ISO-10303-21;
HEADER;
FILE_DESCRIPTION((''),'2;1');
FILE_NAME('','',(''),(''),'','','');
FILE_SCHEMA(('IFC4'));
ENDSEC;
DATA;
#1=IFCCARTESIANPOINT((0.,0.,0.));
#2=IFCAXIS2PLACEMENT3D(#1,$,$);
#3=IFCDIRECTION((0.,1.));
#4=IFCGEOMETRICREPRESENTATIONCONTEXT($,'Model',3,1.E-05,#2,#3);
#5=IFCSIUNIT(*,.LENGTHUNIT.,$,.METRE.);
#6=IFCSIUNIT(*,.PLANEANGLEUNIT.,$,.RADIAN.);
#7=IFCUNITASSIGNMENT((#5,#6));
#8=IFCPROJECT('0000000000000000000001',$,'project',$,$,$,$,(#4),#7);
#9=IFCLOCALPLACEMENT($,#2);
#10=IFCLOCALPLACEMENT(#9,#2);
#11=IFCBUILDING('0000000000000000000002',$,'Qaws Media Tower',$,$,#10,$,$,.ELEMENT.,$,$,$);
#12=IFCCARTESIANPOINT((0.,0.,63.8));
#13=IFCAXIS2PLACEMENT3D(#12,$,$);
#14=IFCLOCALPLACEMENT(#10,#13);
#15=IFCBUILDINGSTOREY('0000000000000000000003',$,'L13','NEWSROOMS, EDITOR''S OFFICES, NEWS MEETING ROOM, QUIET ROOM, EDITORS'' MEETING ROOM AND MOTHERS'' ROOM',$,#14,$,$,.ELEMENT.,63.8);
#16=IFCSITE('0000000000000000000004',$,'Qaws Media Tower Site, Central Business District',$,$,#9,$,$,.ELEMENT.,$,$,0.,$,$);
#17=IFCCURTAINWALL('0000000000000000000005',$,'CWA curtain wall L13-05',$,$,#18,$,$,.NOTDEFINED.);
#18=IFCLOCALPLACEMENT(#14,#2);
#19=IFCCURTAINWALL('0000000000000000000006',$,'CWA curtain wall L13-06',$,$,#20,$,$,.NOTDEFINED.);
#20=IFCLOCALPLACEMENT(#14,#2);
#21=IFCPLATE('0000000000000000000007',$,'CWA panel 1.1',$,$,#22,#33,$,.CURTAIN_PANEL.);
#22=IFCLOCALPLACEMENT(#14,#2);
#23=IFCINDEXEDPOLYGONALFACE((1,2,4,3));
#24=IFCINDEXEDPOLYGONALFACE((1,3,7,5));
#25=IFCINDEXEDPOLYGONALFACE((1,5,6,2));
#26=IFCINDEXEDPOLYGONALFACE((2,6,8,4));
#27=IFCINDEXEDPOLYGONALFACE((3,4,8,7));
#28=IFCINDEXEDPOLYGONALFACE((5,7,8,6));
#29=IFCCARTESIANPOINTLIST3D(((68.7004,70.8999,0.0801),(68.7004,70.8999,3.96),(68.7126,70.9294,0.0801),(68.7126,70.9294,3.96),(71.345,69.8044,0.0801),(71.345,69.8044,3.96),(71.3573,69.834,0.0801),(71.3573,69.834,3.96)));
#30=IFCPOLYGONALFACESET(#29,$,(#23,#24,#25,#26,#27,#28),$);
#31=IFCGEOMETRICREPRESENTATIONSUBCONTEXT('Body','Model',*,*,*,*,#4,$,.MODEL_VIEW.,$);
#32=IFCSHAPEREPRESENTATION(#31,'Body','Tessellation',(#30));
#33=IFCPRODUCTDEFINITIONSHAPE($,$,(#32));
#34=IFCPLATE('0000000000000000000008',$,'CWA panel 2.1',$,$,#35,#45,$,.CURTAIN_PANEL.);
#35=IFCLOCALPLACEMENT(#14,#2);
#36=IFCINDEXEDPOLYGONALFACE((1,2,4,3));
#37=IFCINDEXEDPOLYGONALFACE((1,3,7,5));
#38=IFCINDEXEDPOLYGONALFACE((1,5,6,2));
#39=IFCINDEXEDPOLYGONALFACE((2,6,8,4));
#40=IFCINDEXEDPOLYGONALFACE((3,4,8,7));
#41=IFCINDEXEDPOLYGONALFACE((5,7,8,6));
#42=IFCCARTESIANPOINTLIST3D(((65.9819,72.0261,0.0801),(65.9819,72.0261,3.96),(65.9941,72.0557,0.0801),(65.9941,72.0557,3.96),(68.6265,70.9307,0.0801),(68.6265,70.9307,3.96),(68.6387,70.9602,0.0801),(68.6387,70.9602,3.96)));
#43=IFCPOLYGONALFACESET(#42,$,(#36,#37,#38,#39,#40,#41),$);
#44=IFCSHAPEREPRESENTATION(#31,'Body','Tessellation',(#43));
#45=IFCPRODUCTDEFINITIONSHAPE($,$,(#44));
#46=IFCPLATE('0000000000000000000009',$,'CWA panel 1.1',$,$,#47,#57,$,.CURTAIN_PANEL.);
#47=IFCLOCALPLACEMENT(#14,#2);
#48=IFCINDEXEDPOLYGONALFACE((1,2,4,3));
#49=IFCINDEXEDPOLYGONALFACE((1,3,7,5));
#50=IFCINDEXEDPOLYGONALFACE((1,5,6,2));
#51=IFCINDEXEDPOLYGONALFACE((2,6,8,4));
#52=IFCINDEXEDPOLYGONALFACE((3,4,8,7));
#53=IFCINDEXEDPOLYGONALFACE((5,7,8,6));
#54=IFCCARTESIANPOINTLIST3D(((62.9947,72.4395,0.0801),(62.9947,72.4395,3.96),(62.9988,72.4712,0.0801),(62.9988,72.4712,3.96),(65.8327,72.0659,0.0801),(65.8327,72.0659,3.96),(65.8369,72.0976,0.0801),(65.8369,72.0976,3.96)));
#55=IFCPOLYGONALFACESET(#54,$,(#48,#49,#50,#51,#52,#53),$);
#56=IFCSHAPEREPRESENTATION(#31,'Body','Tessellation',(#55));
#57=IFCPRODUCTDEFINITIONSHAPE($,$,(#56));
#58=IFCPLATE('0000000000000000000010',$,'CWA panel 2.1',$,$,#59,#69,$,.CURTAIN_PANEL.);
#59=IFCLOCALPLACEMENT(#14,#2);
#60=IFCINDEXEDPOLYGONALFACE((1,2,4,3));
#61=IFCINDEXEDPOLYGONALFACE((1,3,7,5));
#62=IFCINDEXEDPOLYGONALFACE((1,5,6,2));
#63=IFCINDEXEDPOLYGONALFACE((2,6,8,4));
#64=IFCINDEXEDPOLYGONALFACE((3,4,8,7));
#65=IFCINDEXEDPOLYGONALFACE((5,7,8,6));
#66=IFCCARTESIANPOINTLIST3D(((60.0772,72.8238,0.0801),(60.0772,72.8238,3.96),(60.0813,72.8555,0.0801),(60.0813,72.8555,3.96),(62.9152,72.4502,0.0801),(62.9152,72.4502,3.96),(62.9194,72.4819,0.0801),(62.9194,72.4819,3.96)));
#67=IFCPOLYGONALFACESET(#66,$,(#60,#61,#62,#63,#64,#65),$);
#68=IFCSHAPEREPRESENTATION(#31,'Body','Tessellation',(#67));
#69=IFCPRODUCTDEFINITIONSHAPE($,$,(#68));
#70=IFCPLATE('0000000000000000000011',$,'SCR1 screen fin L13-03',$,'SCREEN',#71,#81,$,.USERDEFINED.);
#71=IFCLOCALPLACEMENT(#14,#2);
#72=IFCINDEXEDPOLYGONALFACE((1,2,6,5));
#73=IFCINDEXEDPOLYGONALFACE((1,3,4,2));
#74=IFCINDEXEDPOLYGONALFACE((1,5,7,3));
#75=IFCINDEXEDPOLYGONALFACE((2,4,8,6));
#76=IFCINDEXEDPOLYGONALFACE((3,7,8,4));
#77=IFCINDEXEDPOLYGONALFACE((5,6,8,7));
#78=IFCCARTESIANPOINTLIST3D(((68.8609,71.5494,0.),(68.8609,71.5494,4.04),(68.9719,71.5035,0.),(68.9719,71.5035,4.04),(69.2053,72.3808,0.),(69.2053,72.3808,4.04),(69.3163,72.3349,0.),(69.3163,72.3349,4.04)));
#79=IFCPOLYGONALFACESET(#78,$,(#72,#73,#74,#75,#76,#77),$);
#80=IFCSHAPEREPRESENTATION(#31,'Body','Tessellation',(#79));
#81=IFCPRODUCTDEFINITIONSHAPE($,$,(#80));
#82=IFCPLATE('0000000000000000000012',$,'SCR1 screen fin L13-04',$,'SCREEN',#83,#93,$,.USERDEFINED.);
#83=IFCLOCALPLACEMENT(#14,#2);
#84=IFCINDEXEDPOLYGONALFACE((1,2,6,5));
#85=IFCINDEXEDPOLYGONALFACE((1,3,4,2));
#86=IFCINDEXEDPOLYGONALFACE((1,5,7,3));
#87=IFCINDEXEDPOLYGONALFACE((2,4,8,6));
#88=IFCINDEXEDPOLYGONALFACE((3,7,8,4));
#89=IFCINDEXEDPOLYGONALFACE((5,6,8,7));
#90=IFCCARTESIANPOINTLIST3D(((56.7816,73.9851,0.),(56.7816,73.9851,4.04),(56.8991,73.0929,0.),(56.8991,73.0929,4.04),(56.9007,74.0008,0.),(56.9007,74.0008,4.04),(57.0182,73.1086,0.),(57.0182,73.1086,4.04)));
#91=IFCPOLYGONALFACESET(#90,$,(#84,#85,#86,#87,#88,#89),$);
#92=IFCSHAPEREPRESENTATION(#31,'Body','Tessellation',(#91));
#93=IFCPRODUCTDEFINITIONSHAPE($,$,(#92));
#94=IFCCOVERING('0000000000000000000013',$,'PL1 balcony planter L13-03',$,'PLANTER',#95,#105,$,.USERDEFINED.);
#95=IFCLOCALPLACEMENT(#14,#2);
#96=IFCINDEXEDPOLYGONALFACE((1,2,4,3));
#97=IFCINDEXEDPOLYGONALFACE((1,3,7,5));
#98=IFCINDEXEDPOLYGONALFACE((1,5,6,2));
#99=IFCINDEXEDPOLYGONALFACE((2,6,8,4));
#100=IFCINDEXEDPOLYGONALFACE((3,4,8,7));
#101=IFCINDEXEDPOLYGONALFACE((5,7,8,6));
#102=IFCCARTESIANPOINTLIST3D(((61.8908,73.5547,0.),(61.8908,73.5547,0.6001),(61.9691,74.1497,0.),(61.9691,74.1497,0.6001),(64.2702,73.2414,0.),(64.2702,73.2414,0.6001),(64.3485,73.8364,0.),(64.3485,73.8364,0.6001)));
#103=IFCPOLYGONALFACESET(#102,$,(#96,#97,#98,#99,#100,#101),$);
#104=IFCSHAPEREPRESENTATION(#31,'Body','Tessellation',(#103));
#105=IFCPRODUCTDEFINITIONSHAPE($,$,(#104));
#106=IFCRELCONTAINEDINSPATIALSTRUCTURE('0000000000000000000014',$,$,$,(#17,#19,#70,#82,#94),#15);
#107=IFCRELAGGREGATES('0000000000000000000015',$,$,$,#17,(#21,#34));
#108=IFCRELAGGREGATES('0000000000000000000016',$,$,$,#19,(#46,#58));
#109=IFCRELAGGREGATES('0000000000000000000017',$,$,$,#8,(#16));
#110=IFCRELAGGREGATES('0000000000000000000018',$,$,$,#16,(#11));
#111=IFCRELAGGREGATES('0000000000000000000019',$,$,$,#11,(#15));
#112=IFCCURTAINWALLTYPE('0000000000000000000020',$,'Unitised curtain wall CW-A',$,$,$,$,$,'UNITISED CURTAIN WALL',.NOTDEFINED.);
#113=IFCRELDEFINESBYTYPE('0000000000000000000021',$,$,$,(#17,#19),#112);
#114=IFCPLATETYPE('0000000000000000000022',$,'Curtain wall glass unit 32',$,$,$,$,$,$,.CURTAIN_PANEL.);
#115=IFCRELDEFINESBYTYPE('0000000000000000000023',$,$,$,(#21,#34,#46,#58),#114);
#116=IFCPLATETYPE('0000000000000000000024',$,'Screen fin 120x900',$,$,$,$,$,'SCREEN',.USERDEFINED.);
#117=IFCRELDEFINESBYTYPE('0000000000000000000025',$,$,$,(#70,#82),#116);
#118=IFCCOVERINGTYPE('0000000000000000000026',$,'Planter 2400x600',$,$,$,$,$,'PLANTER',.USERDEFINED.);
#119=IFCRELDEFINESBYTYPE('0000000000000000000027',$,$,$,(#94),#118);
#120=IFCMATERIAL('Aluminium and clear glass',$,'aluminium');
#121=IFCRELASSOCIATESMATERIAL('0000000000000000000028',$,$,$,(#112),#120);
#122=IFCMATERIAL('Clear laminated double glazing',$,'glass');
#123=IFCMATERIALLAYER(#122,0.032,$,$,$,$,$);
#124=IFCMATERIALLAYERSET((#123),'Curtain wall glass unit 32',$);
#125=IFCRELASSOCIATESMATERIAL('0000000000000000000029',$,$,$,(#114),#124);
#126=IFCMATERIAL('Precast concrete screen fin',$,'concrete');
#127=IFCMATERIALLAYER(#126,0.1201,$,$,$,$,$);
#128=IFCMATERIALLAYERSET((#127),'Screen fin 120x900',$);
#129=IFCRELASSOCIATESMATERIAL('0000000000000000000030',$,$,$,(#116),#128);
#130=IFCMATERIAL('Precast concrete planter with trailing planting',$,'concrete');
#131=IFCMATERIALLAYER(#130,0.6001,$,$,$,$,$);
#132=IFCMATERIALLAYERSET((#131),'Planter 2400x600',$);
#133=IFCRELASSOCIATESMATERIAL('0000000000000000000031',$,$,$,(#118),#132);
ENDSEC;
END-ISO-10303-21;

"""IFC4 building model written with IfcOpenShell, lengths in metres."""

from ifc_helpers import new_model, si_unit, direction, frame, origin, origin_2d, place, context, subcontext, project, spatial, rectangle, extrude, material, layer, layer_set, type_object, element, aggregate, save


model = new_model("IFC4")

# Units and contexts
model_context = context("Model", 3, precision=1e-05, world=origin(), true_north=direction((0.0, 1.0)))
body_context = subcontext(model_context, "Body", "Model", "MODEL_VIEW")
ifc_project = project(units=[si_unit("LENGTHUNIT", "METRE"), si_unit("PLANEANGLEUNIT", "RADIAN")], contexts=[model_context])

# Site, building, storey
site_placement = place(None, origin())
site = spatial("IfcSite", under=ifc_project, at=site_placement, Name="Qaws Media Tower Site, Central Business District", CompositionType="ELEMENT", RefElevation=0.0)
building_placement = place(site_placement, origin())
building = spatial("IfcBuilding", under=site, at=building_placement, Name="Qaws Media Tower", CompositionType="ELEMENT")
storey_placement = place(building_placement, frame((0.0, 0.0, 63.8)))
storey = spatial("IfcBuildingStorey", under=building, at=storey_placement, Name="L13", Description="NEWSROOMS, EDITOR'S OFFICES, NEWS MEETING ROOM, QUIET ROOM, EDITORS' MEETING ROOM AND MOTHERS' ROOM", CompositionType="ELEMENT", Elevation=63.8)

# Curtain walls
ifc_material_1 = material(Name="Aluminium and clear glass", Category="aluminium")
curtain_wall_type = type_object("IfcCurtainWallType", Name="Unitised curtain wall CW-A", ElementType="UNITISED CURTAIN WALL", PredefinedType="NOTDEFINED", material=ifc_material_1)
curtain_wall_1_placement = place(storey_placement, origin())
curtain_wall_1 = element("IfcCurtainWall", 1, at=curtain_wall_1_placement, inside=storey, type_object=curtain_wall_type, Name="CWA curtain wall L13-05", PredefinedType="NOTDEFINED")
curtain_wall_2_placement = place(storey_placement, origin())
curtain_wall_2 = element("IfcCurtainWall", 2, at=curtain_wall_2_placement, inside=storey, type_object=curtain_wall_type, Name="CWA curtain wall L13-06", PredefinedType="NOTDEFINED")

# Plates
ifc_material_2 = material(Name="Clear laminated double glazing", Category="glass")
ifc_layer_1 = layer(ifc_material_2, 0.032)
ifc_layer_set_1 = layer_set([ifc_layer_1], Name="Curtain wall glass unit 32")
plate_type_1 = type_object("IfcPlateType", Name="Curtain wall glass unit 32", PredefinedType="CURTAIN_PANEL", material=ifc_layer_set_1)
plate_1_placement = place(storey_placement, frame((70.0288, 70.3669, 0.0801), z_axis=(0.0, 0.0, 1.0), x_axis=(-0.92388, 0.382683, 0.0)))
plate_1 = element("IfcPlate", 3, at=plate_1_placement, type_object=plate_type_1, Name="CWA panel 1.1", PredefinedType="CURTAIN_PANEL", context=body_context, shape_type="SweptSolid", body=[
    extrude(rectangle(XDim=2.8625, YDim=0.032, at=origin_2d()), origin(), (0.0, 0.0, 1.0), 3.8799),
])
plate_2_placement = place(storey_placement, frame((67.3103, 71.4932, 0.0801), z_axis=(0.0, 0.0, 1.0), x_axis=(-0.92388, 0.382683, 0.0)))
plate_2 = element("IfcPlate", 4, at=plate_2_placement, type_object=plate_type_1, Name="CWA panel 2.1", PredefinedType="CURTAIN_PANEL", context=body_context, shape_type="SweptSolid", body=[
    extrude(rectangle(XDim=2.8625, YDim=0.032, at=origin_2d()), origin(), (0.0, 0.0, 1.0), 3.8799),
])
aggregate(curtain_wall_1, [plate_1, plate_2])
plate_3_placement = place(storey_placement, frame((64.4158, 72.2686, 0.0801), z_axis=(0.0, 0.0, 1.0), x_axis=(-0.991445, 0.130526, 0.0)))
plate_3 = element("IfcPlate", 5, at=plate_3_placement, type_object=plate_type_1, Name="CWA panel 1.1", PredefinedType="CURTAIN_PANEL", context=body_context, shape_type="SweptSolid", body=[
    extrude(rectangle(XDim=2.8625, YDim=0.032, at=origin_2d()), origin(), (0.0, 0.0, 1.0), 3.8799),
])
plate_4_placement = place(storey_placement, frame((61.4983, 72.6528, 0.0801), z_axis=(0.0, 0.0, 1.0), x_axis=(-0.991445, 0.130526, 0.0)))
plate_4 = element("IfcPlate", 6, at=plate_4_placement, type_object=plate_type_1, Name="CWA panel 2.1", PredefinedType="CURTAIN_PANEL", context=body_context, shape_type="SweptSolid", body=[
    extrude(rectangle(XDim=2.8625, YDim=0.032, at=origin_2d()), origin(), (0.0, 0.0, 1.0), 3.8799),
])
aggregate(curtain_wall_2, [plate_3, plate_4])

# Plates
ifc_material_3 = material(Name="Precast concrete screen fin", Category="concrete")
ifc_layer_2 = layer(ifc_material_3, 0.1201)
ifc_layer_set_2 = layer_set([ifc_layer_2], Name="Screen fin 120x900")
plate_type_2 = type_object("IfcPlateType", Name="Screen fin 120x900", ElementType="SCREEN", PredefinedType="USERDEFINED", material=ifc_layer_set_2)
for number, where, z_axis, x_axis, name in (
    (7, (69.0886, 71.9421, 0.0), (0.0, 0.0, 1.0), (0.382683, 0.92388, 0.0), "SCR1 screen fin L13-03"),
    (8, (56.8999, 73.5469, 0.0), (0.0, 0.0, 1.0), (-0.130526, 0.991445, 0.0), "SCR1 screen fin L13-04"),
):
    element("IfcPlate", number, at=place(storey_placement, frame(where, z_axis=z_axis, x_axis=x_axis)), inside=storey, type_object=plate_type_2, Name=name, ObjectType="SCREEN", PredefinedType="USERDEFINED", context=body_context, shape_type="SweptSolid", body=[
        extrude(rectangle(XDim=0.8999, YDim=0.1201, at=origin_2d()), origin(), (0.0, 0.0, 1.0), 4.04),
    ])

# Covering
ifc_material_4 = material(Name="Precast concrete planter with trailing planting", Category="concrete")
ifc_layer_3 = layer(ifc_material_4, 0.6001)
ifc_layer_set_3 = layer_set([ifc_layer_3], Name="Planter 2400x600")
covering_type = type_object("IfcCoveringType", Name="Planter 2400x600", ElementType="PLANTER", PredefinedType="USERDEFINED", material=ifc_layer_set_3)
covering_placement = place(storey_placement, frame((63.1196, 73.6956, 0.0), z_axis=(0.0, 0.0, 1.0), x_axis=(-0.991445, 0.130526, 0.0)))
element("IfcCovering", 9, at=covering_placement, inside=storey, type_object=covering_type, Name="PL1 balcony planter L13-03", ObjectType="PLANTER", PredefinedType="USERDEFINED", context=body_context, shape_type="SweptSolid", body=[
    extrude(rectangle(XDim=2.3999, YDim=0.6001, at=origin_2d()), origin(), (0.0, 0.0, 1.0), 0.6001),
])

save(model, "model.ifc")
